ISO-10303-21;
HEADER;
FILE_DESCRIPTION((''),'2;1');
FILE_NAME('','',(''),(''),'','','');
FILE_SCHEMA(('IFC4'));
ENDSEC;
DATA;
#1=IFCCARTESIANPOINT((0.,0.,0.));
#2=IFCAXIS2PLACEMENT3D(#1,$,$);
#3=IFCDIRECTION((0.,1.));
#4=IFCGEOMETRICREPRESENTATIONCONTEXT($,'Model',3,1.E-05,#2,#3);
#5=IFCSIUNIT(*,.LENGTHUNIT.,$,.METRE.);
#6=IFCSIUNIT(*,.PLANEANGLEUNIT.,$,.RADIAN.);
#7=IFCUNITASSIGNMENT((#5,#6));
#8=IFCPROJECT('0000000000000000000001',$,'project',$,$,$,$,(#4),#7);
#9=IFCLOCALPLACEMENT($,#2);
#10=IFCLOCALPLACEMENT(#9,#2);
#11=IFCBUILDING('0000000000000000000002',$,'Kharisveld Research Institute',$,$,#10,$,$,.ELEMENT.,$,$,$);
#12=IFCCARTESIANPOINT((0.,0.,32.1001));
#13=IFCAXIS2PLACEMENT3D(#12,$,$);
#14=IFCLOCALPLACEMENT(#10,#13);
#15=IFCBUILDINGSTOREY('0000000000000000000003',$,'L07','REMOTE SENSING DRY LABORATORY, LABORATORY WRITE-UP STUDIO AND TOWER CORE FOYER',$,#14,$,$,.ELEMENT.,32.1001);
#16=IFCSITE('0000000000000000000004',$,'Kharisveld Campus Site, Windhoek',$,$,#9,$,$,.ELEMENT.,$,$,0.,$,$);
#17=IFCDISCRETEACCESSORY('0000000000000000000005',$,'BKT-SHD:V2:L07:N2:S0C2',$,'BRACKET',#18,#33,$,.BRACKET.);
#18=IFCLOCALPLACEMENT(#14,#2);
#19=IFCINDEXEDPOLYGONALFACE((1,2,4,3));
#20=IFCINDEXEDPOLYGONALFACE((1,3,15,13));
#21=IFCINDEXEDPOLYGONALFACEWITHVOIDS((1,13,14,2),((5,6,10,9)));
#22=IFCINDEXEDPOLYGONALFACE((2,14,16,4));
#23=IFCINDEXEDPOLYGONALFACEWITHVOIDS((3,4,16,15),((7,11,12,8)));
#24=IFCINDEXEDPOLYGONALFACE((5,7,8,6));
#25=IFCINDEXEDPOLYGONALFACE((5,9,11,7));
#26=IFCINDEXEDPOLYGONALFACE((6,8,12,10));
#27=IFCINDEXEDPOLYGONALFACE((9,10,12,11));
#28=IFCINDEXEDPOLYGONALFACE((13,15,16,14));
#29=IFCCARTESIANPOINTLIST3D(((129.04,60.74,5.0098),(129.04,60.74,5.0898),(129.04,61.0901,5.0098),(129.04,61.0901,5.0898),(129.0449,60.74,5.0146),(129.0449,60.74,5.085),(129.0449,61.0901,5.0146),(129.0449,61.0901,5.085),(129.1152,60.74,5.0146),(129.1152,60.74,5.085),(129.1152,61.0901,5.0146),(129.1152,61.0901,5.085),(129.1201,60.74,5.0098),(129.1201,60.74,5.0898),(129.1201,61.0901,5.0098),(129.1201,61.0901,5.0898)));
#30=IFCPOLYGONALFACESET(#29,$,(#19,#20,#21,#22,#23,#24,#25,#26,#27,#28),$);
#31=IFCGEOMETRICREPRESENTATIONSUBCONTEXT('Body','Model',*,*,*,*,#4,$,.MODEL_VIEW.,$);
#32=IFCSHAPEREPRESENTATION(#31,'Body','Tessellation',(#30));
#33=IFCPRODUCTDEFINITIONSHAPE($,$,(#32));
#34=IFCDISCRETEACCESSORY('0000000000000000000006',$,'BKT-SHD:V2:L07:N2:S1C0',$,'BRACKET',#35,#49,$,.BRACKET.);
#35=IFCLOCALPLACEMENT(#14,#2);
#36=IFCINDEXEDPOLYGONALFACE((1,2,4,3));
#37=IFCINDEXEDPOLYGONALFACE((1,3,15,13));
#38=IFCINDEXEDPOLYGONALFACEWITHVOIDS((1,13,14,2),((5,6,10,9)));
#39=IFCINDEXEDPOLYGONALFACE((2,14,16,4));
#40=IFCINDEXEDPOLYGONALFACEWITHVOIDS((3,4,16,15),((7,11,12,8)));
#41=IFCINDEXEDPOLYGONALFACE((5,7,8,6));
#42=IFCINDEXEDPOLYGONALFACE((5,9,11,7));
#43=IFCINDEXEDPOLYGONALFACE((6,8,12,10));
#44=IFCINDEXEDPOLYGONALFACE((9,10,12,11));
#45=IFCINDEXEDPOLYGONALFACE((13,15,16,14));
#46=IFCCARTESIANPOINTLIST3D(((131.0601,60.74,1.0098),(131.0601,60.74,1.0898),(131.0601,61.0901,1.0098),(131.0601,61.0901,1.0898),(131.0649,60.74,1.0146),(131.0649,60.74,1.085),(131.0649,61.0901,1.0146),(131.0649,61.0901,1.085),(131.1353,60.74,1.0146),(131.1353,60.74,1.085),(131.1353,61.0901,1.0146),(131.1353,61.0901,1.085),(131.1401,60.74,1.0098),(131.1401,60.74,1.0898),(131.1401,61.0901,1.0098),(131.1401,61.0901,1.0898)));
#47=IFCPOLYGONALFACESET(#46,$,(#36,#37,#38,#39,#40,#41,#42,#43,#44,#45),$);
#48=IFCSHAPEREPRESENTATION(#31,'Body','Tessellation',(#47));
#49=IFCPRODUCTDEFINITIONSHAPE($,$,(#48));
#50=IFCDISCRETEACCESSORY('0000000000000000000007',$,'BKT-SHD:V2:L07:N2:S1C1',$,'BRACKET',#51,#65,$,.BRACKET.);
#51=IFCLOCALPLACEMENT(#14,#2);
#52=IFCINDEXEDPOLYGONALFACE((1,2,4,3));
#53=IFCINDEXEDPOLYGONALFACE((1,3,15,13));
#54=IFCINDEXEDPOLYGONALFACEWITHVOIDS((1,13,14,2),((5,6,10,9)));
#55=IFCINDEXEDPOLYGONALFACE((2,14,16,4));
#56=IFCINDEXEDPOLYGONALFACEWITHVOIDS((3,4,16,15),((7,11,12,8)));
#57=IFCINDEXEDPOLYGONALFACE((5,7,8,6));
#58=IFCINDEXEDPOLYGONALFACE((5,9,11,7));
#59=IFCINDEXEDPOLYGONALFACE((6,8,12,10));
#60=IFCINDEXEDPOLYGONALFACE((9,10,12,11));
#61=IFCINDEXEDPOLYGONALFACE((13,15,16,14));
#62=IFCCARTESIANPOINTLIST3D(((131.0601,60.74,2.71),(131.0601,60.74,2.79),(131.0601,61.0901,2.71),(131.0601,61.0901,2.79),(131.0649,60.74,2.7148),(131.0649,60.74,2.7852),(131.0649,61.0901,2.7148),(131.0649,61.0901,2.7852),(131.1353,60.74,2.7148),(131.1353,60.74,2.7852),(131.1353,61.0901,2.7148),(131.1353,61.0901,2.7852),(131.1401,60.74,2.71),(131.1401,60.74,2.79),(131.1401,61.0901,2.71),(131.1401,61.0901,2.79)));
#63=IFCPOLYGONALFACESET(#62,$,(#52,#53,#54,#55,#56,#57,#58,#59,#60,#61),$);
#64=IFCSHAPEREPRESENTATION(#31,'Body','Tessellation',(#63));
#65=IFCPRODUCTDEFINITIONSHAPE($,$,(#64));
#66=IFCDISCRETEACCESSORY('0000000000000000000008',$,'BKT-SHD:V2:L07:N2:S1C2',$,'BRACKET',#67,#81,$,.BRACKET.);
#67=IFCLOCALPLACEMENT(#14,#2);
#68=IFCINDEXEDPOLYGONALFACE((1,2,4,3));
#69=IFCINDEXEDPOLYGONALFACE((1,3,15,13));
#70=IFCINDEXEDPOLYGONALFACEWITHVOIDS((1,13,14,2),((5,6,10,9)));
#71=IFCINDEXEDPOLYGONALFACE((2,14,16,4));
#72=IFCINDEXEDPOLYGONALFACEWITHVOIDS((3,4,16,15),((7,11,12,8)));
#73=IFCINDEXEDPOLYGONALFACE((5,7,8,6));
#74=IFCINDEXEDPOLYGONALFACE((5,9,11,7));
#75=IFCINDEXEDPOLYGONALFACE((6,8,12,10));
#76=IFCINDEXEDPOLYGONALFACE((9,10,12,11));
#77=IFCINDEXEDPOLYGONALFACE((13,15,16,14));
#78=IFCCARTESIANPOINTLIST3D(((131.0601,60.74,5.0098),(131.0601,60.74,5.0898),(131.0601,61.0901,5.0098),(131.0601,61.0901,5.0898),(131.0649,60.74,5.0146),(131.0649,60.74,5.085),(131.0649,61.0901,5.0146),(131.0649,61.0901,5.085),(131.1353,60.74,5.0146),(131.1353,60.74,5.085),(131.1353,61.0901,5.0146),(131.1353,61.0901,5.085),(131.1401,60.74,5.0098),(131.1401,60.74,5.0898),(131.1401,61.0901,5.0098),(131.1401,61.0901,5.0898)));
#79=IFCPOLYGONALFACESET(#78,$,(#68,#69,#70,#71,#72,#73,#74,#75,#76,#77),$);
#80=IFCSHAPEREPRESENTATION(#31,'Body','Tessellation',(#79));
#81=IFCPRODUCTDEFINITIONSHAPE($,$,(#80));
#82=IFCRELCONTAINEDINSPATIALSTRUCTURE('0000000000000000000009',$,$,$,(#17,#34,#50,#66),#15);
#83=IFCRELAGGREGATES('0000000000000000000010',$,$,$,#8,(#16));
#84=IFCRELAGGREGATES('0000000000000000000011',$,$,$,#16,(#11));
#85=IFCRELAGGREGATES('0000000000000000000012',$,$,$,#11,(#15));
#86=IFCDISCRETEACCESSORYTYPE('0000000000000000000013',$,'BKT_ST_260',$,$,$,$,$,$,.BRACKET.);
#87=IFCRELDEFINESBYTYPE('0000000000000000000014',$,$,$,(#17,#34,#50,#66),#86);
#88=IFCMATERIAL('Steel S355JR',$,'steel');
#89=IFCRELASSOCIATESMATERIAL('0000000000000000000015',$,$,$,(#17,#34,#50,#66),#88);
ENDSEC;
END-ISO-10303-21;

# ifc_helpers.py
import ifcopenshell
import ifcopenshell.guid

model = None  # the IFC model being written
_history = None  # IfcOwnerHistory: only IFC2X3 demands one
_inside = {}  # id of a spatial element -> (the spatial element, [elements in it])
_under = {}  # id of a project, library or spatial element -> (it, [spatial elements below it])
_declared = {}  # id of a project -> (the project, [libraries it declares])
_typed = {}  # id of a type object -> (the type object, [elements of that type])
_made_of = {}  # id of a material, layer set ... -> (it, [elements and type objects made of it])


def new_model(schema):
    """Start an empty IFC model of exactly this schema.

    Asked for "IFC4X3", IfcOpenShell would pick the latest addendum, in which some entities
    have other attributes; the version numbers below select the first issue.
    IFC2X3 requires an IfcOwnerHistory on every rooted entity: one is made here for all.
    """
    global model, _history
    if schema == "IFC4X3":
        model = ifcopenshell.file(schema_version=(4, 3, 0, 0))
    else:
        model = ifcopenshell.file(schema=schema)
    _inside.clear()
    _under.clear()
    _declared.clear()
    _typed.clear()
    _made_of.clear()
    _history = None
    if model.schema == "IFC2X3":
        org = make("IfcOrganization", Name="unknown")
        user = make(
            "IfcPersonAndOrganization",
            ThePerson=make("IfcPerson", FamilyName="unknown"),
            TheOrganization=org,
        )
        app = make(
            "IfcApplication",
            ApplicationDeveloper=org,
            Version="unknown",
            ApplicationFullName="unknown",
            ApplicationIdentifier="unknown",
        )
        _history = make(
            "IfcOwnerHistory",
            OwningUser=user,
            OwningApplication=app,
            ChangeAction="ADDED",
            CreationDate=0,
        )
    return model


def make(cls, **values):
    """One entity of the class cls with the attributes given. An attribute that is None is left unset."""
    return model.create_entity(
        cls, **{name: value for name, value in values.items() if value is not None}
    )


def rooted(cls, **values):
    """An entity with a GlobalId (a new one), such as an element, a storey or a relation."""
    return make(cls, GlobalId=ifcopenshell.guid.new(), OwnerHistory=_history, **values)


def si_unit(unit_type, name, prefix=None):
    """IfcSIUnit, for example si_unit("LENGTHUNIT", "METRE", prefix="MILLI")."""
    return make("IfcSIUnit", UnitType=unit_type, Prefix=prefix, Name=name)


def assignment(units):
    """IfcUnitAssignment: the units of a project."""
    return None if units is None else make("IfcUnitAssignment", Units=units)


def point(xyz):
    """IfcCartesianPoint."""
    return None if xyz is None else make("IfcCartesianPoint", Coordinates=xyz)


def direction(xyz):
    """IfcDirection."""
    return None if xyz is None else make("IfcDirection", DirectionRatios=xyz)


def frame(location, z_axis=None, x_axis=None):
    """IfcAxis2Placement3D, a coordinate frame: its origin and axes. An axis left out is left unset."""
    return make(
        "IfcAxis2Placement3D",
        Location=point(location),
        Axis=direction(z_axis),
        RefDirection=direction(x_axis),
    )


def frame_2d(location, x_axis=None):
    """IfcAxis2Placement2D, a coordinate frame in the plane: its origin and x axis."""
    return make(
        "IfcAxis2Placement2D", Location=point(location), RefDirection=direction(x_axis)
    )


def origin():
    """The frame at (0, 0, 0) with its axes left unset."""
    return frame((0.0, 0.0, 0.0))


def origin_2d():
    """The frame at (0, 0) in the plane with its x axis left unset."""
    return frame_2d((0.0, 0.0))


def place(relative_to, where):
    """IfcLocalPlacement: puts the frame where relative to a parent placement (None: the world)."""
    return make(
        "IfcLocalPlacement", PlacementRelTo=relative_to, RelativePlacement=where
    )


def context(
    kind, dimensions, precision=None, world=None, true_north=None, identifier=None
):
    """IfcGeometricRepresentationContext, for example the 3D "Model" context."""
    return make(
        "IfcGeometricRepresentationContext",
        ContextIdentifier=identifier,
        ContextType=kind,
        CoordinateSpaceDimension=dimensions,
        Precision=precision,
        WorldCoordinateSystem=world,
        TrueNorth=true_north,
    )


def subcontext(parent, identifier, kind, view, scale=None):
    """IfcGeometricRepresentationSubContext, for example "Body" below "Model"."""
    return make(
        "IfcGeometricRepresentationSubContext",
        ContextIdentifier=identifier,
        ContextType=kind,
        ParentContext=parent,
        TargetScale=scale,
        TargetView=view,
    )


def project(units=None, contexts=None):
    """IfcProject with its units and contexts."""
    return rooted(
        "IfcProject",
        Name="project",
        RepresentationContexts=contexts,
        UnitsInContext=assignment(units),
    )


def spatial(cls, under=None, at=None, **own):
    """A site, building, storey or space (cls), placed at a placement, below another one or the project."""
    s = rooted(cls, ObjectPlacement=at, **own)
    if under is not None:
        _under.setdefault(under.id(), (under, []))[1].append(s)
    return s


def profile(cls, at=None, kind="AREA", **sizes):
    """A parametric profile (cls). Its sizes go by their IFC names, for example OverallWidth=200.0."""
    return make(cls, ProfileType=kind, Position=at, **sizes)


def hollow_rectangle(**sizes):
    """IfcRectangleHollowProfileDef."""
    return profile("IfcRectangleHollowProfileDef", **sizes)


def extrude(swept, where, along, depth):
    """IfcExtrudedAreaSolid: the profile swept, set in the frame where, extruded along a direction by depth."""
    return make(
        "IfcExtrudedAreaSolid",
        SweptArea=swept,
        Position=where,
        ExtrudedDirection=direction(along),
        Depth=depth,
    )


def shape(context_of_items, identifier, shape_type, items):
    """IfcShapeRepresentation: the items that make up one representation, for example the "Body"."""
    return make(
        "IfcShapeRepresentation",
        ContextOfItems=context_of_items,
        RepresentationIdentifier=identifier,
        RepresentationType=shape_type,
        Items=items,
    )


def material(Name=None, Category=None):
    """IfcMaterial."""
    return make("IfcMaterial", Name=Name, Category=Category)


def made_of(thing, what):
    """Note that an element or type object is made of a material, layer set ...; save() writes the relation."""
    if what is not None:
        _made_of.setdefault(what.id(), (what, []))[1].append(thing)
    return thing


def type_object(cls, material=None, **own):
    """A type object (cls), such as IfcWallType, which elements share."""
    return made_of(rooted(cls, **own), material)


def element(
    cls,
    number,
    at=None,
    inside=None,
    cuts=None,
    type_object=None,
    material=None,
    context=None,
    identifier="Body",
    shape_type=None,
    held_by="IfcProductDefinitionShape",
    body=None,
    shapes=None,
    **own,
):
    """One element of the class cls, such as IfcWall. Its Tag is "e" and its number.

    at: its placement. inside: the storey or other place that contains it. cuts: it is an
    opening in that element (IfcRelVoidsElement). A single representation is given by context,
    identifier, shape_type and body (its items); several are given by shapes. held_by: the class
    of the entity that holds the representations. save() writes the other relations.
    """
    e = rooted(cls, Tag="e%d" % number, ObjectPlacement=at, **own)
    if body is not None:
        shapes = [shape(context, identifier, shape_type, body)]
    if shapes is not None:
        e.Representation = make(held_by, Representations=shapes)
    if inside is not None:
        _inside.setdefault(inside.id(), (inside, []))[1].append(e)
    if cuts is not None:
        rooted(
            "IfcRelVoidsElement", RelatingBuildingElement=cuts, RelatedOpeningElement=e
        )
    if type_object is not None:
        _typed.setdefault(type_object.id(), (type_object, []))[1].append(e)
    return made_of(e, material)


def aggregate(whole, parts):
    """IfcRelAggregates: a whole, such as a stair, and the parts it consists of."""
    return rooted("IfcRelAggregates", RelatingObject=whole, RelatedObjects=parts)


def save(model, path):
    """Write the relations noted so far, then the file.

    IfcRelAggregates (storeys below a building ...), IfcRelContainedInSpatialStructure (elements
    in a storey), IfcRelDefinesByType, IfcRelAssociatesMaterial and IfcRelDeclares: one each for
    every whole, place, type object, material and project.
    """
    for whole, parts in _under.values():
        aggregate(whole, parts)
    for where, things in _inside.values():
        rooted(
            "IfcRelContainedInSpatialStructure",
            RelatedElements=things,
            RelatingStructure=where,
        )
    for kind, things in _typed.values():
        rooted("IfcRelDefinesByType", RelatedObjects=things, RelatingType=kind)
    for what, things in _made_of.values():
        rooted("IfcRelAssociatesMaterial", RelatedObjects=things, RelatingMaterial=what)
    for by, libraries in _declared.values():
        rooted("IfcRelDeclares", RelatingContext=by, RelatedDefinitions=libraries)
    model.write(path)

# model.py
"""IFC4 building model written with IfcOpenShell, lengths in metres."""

from ifc_helpers import new_model, si_unit, direction, frame, origin, origin_2d, place, context, subcontext, project, spatial, hollow_rectangle, extrude, material, type_object, element, save


model = new_model("IFC4")

# Units and contexts
model_context = context("Model", 3, precision=1e-05, world=origin(), true_north=direction((0.0, 1.0)))
body_context = subcontext(model_context, "Body", "Model", "MODEL_VIEW")
ifc_project = project(units=[si_unit("LENGTHUNIT", "METRE"), si_unit("PLANEANGLEUNIT", "RADIAN")], contexts=[model_context])

# Site, building, storey
site_placement = place(None, origin())
site = spatial("IfcSite", under=ifc_project, at=site_placement, Name="Kharisveld Campus Site, Windhoek", CompositionType="ELEMENT", RefElevation=0.0)
building_placement = place(site_placement, origin())
building = spatial("IfcBuilding", under=site, at=building_placement, Name="Kharisveld Research Institute", CompositionType="ELEMENT")
storey_placement = place(building_placement, frame((0.0, 0.0, 32.1001)))
storey = spatial("IfcBuildingStorey", under=building, at=storey_placement, Name="L07", Description="REMOTE SENSING DRY LABORATORY, LABORATORY WRITE-UP STUDIO AND TOWER CORE FOYER", CompositionType="ELEMENT", Elevation=32.1001)

# Discrete accessories
ifc_material_1 = material(Name="Steel S355JR", Category="steel")
discrete_accessory_type = type_object("IfcDiscreteAccessoryType", Name="BKT_ST_260", PredefinedType="BRACKET")
for number, where, z_axis, x_axis, name in (
    (1, (129.0801, 60.74, 5.0498), (0.0, 1.0, 0.0), (-1.0, 0.0, 0.0), "BKT-SHD:V2:L07:N2:S0C2"),
    (2, (131.1001, 60.74, 1.0498), (0.0, 1.0, 0.0), (-1.0, 0.0, 0.0), "BKT-SHD:V2:L07:N2:S1C0"),
    (3, (131.1001, 60.74, 2.75), (0.0, 1.0, 0.0), (-1.0, 0.0, 0.0), "BKT-SHD:V2:L07:N2:S1C1"),
    (4, (131.1001, 60.74, 5.0498), (0.0, 1.0, 0.0), (-1.0, 0.0, 0.0), "BKT-SHD:V2:L07:N2:S1C2"),
):
    element("IfcDiscreteAccessory", number, at=place(storey_placement, frame(where, z_axis=z_axis, x_axis=x_axis)), inside=storey, type_object=discrete_accessory_type, material=ifc_material_1, Name=name, ObjectType="BRACKET", PredefinedType="BRACKET", context=body_context, shape_type="SweptSolid", body=[
        extrude(hollow_rectangle(XDim=0.0801, YDim=0.0801, WallThickness=0.0049, at=origin_2d()), origin(), (0.0, 0.0, 1.0), 0.3501),
    ])

save(model, "model.ifc")
